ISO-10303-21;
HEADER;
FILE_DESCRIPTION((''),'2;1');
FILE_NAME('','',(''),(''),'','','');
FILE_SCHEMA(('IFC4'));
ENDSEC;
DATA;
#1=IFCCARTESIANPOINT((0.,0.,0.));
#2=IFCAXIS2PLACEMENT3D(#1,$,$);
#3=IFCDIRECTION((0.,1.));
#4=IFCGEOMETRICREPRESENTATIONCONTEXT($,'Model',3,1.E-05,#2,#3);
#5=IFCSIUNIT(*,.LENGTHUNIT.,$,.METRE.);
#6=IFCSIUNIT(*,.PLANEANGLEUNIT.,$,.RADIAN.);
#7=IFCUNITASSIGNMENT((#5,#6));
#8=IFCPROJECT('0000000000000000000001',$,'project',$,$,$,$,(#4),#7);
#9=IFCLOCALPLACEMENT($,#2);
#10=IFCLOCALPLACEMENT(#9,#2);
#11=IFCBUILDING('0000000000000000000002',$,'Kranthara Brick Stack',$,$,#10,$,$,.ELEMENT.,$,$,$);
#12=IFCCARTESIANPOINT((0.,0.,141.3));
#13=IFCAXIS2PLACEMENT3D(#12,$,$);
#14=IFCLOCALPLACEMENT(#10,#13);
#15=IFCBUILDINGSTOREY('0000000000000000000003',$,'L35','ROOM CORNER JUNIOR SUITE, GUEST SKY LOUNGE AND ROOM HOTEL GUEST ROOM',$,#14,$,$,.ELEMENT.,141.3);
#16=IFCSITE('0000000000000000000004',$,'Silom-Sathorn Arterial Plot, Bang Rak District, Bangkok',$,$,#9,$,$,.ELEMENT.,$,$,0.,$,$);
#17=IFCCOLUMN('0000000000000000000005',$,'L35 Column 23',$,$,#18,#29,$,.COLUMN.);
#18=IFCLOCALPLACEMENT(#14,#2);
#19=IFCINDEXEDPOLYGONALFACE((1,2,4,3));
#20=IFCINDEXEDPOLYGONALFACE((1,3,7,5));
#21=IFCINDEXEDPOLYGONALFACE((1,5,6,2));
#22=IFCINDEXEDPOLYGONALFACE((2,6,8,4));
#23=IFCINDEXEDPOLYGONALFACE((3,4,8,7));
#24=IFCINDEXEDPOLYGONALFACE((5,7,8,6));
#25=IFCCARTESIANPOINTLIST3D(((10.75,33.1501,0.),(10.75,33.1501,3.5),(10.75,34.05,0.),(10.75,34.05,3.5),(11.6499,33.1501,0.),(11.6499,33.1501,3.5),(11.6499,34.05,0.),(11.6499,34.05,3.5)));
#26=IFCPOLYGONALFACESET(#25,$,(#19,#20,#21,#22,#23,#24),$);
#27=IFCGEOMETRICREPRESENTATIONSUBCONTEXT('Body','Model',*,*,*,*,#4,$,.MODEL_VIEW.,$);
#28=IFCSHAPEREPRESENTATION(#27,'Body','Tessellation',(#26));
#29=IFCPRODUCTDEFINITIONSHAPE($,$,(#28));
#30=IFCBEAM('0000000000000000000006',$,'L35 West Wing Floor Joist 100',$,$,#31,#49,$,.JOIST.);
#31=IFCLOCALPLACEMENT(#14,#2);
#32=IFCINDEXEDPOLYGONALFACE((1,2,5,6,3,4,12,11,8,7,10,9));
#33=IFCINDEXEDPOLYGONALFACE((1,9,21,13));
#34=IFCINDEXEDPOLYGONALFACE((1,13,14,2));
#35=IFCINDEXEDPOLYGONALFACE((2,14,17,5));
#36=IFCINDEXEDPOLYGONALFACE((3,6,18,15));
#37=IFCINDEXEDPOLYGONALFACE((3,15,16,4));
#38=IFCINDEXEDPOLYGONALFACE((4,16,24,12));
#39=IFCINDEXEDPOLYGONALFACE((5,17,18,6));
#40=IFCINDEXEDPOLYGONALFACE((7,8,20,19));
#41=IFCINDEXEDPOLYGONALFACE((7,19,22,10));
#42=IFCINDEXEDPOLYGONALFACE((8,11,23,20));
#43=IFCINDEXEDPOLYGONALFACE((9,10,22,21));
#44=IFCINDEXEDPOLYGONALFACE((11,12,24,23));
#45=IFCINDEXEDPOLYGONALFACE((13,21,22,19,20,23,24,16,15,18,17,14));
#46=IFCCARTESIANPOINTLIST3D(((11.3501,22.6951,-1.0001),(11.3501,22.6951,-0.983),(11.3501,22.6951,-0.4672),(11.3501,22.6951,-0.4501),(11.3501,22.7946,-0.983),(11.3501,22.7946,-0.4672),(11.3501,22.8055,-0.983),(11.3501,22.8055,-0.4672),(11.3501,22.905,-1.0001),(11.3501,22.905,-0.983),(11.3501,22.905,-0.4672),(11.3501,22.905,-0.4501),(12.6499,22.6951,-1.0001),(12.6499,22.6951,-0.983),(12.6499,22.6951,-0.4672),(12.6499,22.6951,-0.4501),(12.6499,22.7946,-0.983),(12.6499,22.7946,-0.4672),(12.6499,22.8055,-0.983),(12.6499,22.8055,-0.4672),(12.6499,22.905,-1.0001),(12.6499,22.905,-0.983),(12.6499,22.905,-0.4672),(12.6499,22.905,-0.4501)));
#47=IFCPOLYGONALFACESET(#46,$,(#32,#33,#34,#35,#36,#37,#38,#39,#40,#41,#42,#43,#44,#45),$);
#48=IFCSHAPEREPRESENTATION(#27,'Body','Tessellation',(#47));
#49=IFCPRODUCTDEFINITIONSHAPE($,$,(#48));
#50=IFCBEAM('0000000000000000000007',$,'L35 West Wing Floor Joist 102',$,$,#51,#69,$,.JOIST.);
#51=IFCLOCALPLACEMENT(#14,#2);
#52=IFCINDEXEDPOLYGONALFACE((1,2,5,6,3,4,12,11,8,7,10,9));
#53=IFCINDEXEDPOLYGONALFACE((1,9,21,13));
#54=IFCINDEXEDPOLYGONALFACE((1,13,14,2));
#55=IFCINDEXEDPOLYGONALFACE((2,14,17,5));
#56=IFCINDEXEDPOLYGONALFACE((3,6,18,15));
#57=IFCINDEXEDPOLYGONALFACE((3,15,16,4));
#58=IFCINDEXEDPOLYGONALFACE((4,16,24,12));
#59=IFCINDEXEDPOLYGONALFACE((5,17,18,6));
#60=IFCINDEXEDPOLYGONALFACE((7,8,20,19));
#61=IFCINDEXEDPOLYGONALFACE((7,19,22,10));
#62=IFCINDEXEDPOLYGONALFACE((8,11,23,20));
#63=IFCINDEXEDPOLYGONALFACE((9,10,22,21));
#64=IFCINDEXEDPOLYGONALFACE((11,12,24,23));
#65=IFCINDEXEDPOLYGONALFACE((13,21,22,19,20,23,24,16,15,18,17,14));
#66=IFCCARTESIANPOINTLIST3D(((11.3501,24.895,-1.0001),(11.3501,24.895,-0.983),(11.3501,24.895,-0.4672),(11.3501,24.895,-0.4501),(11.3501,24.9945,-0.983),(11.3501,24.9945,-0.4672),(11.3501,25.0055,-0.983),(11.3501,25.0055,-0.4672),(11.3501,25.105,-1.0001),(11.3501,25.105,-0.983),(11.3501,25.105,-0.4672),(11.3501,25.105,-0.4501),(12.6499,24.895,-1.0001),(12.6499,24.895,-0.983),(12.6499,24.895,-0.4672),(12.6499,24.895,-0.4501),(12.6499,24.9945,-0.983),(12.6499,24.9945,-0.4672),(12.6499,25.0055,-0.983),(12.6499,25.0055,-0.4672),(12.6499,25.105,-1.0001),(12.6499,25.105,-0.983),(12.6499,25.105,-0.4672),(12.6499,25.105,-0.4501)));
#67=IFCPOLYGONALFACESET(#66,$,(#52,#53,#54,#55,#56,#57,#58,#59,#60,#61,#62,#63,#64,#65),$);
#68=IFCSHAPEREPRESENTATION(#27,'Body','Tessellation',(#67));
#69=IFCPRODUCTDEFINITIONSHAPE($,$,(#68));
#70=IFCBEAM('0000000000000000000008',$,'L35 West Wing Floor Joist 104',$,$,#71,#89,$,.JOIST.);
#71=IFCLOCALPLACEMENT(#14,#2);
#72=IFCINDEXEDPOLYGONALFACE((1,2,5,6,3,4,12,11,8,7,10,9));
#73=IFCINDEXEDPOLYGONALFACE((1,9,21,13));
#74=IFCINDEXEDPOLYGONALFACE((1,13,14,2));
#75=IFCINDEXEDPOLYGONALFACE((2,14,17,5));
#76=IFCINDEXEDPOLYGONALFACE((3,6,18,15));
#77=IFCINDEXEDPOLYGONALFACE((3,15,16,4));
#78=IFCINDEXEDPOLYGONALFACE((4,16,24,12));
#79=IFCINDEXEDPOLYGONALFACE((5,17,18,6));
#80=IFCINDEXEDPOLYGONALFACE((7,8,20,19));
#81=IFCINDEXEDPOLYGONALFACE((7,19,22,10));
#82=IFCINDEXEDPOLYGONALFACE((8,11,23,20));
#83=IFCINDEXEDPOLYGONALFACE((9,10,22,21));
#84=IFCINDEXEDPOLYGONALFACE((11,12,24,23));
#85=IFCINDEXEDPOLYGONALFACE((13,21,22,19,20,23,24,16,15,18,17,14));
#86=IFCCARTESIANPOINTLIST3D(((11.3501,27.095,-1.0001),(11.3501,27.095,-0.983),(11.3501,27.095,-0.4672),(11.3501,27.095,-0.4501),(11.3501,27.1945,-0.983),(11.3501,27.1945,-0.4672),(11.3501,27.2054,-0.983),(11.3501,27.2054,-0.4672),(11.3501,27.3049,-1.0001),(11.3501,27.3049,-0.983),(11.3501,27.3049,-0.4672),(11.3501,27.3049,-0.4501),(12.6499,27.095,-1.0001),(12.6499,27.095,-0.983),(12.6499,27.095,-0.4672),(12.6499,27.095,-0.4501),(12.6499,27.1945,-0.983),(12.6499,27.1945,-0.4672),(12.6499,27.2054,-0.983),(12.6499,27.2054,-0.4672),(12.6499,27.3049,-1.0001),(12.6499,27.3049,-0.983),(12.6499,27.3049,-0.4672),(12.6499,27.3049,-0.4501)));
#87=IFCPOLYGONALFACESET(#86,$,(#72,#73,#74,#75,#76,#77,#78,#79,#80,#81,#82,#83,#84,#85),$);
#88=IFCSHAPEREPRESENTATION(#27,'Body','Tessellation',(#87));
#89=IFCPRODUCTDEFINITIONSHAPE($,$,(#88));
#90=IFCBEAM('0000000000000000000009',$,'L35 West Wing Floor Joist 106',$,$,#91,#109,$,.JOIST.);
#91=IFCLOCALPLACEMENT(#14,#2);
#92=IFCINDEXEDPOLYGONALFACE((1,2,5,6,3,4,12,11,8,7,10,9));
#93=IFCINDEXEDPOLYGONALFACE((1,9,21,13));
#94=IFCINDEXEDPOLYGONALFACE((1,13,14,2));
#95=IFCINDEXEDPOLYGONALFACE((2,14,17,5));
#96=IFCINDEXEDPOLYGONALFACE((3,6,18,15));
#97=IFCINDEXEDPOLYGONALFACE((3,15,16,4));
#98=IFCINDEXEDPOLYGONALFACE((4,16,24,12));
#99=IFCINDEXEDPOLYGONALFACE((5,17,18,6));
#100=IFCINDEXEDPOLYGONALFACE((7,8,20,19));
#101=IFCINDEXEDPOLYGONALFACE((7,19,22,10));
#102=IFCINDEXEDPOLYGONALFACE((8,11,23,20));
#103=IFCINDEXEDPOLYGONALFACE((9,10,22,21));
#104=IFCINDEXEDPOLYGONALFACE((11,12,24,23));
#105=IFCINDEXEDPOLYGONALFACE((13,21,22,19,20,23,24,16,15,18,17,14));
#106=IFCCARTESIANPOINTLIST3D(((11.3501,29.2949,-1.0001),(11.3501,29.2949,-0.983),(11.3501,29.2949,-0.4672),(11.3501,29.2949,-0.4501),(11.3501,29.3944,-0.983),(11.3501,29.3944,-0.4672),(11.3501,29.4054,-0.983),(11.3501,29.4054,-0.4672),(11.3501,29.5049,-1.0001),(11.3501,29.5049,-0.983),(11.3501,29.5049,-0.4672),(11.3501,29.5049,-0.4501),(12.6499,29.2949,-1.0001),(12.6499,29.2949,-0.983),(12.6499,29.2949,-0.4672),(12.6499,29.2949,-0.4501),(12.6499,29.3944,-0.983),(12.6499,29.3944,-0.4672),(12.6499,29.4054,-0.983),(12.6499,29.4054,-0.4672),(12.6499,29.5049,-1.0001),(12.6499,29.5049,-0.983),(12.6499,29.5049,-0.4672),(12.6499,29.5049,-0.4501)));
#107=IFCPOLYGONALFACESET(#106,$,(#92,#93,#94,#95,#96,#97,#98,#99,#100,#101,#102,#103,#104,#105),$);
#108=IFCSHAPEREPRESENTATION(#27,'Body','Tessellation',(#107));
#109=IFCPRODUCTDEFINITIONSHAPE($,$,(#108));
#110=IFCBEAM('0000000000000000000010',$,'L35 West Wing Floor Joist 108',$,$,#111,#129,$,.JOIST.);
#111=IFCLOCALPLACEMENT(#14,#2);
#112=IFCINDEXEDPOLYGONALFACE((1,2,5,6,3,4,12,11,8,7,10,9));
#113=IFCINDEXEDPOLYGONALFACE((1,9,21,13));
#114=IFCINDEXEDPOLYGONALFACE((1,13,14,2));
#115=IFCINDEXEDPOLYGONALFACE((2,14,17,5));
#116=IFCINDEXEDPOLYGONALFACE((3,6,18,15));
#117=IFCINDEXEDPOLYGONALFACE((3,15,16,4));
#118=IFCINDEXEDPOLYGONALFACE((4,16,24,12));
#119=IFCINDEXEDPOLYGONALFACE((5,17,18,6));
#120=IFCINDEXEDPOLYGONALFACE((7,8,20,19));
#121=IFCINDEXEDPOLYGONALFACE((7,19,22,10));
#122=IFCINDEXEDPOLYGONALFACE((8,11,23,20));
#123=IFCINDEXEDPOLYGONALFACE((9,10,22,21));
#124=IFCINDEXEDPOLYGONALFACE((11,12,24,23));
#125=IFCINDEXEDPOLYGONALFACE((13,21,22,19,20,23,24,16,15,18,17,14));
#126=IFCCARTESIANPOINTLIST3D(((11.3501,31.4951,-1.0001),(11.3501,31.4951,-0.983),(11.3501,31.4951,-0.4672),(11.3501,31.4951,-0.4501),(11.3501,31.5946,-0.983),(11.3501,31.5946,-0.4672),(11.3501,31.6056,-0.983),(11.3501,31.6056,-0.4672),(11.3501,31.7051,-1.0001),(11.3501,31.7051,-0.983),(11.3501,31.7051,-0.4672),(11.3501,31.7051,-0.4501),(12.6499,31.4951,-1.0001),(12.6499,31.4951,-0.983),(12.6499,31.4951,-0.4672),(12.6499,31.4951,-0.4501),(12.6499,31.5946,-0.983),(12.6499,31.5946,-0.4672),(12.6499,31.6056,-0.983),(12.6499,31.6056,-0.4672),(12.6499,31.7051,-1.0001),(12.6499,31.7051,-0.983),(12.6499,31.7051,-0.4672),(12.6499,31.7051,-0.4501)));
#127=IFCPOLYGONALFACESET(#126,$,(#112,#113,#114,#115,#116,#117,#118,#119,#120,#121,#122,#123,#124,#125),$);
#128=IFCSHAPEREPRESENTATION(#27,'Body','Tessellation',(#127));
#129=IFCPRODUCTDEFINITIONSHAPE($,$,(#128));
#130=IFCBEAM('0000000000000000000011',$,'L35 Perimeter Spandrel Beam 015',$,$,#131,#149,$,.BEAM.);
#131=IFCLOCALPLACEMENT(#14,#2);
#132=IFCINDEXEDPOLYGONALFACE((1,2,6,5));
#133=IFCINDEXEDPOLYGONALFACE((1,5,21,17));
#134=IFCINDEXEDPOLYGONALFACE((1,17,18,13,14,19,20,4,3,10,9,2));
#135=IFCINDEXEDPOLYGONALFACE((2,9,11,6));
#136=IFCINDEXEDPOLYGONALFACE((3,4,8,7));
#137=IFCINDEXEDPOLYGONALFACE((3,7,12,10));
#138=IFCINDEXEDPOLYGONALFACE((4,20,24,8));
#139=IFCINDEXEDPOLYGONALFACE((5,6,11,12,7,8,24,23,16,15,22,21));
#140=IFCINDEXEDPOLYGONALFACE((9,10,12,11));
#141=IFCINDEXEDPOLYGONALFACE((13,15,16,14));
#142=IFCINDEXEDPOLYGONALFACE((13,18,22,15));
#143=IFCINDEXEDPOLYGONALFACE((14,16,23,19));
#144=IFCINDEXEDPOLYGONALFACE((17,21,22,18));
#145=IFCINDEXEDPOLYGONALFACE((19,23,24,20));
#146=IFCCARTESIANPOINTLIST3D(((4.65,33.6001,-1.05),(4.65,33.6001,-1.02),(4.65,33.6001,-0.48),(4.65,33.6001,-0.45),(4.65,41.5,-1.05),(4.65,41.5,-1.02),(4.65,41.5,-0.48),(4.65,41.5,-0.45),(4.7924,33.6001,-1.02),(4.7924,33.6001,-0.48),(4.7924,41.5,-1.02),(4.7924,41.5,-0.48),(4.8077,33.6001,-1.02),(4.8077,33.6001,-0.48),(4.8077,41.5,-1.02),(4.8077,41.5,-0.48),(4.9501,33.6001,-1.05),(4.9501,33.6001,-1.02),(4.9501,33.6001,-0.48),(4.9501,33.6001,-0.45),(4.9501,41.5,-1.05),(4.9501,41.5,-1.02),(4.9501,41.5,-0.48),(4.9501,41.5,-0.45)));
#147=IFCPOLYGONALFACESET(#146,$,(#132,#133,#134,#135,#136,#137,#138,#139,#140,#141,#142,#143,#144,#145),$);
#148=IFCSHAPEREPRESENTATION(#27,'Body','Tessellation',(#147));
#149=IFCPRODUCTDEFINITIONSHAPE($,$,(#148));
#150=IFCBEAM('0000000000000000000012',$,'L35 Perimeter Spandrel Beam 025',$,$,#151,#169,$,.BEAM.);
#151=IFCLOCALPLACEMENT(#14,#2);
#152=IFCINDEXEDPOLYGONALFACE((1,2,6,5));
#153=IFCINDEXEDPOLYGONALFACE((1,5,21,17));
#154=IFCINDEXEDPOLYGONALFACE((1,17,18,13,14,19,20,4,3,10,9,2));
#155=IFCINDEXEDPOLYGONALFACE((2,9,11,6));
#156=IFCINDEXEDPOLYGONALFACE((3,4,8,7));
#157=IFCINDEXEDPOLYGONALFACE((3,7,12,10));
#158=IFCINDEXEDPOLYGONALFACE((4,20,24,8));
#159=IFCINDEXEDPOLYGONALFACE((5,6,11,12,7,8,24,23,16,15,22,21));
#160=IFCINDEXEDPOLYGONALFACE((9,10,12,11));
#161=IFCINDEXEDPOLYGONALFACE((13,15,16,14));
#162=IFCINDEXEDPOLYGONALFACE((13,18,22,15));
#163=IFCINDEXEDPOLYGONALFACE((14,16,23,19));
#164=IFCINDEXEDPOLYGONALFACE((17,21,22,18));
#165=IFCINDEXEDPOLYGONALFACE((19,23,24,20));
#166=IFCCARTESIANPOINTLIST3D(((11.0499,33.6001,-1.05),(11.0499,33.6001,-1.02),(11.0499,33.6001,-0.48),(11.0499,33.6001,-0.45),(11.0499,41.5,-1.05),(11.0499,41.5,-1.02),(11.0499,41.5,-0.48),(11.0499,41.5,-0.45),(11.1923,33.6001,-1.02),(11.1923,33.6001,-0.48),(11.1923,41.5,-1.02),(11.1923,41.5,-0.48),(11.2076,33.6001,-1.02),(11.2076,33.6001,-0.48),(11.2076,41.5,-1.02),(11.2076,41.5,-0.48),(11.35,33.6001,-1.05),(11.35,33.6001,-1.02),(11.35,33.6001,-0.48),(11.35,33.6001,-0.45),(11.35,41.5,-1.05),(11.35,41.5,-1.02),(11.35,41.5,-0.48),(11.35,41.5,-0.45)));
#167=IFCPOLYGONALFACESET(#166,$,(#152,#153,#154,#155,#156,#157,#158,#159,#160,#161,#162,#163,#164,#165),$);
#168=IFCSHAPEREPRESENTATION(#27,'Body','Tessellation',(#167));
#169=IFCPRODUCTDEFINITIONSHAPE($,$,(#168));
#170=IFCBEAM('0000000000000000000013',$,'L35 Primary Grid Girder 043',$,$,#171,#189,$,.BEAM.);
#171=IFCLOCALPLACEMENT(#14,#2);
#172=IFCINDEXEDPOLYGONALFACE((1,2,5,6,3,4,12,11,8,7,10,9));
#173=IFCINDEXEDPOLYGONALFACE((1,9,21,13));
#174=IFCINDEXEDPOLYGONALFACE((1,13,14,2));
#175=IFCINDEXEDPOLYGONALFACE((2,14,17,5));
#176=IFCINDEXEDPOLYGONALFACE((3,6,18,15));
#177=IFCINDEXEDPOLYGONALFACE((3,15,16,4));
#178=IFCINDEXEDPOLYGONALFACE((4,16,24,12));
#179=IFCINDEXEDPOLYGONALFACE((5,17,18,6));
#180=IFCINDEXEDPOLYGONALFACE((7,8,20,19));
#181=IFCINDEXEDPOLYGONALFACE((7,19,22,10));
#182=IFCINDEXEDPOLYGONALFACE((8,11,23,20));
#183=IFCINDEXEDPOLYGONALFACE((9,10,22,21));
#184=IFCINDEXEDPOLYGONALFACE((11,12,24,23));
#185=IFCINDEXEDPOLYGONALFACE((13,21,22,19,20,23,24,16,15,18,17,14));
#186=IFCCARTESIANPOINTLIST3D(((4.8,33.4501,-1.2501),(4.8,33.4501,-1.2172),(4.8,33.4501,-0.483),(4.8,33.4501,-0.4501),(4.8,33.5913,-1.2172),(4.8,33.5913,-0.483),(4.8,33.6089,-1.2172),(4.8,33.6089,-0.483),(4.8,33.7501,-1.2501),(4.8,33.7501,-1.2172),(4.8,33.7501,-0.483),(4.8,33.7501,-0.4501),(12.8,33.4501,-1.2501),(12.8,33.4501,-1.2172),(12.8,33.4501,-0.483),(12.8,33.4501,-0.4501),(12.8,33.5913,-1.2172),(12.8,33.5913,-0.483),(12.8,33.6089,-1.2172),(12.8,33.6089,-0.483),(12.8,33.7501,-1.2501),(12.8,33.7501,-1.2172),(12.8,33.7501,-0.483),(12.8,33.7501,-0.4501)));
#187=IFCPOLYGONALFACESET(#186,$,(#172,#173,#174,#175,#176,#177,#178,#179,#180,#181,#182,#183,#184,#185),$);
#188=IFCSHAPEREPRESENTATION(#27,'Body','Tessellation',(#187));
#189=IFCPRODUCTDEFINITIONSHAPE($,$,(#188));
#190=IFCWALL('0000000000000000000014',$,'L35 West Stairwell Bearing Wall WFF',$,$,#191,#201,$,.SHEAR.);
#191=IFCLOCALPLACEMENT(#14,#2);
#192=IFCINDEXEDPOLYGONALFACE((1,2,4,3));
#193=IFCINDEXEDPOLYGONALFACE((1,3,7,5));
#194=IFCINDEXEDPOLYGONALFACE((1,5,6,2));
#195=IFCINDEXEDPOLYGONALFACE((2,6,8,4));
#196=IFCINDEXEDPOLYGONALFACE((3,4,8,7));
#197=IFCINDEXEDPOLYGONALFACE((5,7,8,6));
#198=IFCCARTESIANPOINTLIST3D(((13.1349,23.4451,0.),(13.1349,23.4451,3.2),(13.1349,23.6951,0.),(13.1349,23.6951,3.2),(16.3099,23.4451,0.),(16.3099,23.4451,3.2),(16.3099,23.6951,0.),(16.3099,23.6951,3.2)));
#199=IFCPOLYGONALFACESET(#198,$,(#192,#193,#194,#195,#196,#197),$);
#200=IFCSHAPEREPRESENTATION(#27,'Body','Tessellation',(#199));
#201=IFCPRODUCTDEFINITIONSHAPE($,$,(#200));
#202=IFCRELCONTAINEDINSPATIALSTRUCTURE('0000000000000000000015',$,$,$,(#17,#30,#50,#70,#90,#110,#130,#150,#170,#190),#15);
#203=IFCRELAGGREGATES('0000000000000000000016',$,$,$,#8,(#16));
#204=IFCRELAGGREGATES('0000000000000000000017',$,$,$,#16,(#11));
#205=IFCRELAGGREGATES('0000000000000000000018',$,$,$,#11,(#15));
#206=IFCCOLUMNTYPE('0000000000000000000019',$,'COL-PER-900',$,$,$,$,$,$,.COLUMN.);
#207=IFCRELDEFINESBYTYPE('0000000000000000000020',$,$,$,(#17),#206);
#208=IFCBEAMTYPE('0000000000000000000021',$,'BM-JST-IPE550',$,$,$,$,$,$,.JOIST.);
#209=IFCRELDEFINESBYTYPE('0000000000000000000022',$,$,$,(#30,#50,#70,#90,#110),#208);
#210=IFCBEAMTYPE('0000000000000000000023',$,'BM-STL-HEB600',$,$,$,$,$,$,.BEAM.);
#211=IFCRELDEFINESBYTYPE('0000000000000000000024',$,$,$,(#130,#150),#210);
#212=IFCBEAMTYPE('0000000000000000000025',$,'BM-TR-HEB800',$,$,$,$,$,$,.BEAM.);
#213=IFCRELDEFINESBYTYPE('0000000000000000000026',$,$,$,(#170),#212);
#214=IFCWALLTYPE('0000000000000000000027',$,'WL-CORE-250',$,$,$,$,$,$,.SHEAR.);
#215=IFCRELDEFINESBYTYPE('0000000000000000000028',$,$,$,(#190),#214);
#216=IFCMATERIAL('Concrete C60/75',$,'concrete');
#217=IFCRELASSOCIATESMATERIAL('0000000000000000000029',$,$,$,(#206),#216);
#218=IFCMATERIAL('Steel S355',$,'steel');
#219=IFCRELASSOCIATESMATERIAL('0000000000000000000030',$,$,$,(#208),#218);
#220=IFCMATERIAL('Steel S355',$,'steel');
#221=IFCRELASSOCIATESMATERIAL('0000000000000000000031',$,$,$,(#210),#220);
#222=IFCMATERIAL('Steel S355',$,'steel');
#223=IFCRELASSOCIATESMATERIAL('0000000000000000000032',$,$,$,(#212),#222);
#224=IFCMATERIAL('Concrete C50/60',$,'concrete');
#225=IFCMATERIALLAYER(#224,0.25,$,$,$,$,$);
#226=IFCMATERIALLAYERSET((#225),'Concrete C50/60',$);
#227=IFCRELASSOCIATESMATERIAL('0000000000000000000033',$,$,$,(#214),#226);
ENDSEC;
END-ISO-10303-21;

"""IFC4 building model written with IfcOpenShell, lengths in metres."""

from ifc_helpers import new_model, si_unit, direction, frame, frame_2d, origin, origin_2d, place, context, subcontext, project, spatial, rectangle, i_section, extrude, material, layer, layer_set, material_profile, profile_set, type_object, element, save


model = new_model("IFC4")

# Units and contexts
model_context = context("Model", 3, precision=1e-05, world=origin(), true_north=direction((0.0, 1.0)))
body_context = subcontext(model_context, "Body", "Model", "MODEL_VIEW")
ifc_project = project(units=[si_unit("LENGTHUNIT", "METRE"), si_unit("PLANEANGLEUNIT", "RADIAN")], contexts=[model_context])

# Site, building, storey
site_placement = place(None, origin())
site = spatial("IfcSite", under=ifc_project, at=site_placement, Name="Silom-Sathorn Arterial Plot, Bang Rak District, Bangkok", CompositionType="ELEMENT", RefElevation=0.0)
building_placement = place(site_placement, origin())
building = spatial("IfcBuilding", under=site, at=building_placement, Name="Kranthara Brick Stack", CompositionType="ELEMENT")
storey_placement = place(building_placement, frame((0.0, 0.0, 141.3)))
storey = spatial("IfcBuildingStorey", under=building, at=storey_placement, Name="L35", Description="ROOM CORNER JUNIOR SUITE, GUEST SKY LOUNGE AND ROOM HOTEL GUEST ROOM", CompositionType="ELEMENT", Elevation=141.3)

# Column
ifc_material_1 = material(Name="Concrete C60/75", Category="concrete")
ifc_material_profile_1 = material_profile(ifc_material_1, rectangle(XDim=0.8999, YDim=0.8999, at=origin_2d()), Name="RC 900x900")
ifc_profile_set_1 = profile_set([ifc_material_profile_1], Name="Concrete C60/75")
column_type = type_object("IfcColumnType", Name="COL-PER-900", PredefinedType="COLUMN", material=ifc_profile_set_1)
column_placement = place(storey_placement, frame((11.2, 33.6001, 0.0), z_axis=(0.0, 0.0, 1.0), x_axis=(1.0, 0.0, 0.0)))
element("IfcColumn", 1, at=column_placement, inside=storey, type_object=column_type, Name="L35 Column 23", PredefinedType="COLUMN", context=body_context, shape_type="SweptSolid", body=[
    extrude(rectangle(XDim=0.8999, YDim=0.8999, at=origin_2d()), origin(), (0.0, 0.0, 1.0), 3.5),
])

# Beams
ifc_material_2 = material(Name="Steel S355", Category="steel")
ifc_material_profile_2 = material_profile(ifc_material_2, i_section(OverallWidth=0.21, OverallDepth=0.55, WebThickness=0.011, FlangeThickness=0.0171, at=origin_2d()), Name="IPE 550")
ifc_profile_set_2 = profile_set([ifc_material_profile_2], Name="Steel S355")
beam_type_1 = type_object("IfcBeamType", Name="BM-JST-IPE550", PredefinedType="JOIST", material=ifc_profile_set_2)
for number, where, z_axis, x_axis, name in (
    (2, (11.3501, 22.8, -0.7251), (1.0, 0.0, 0.0), (0.0, 1.0, 0.0), "L35 West Wing Floor Joist 100"),
    (3, (11.3501, 25.0, -0.7251), (1.0, 0.0, 0.0), (0.0, 1.0, 0.0), "L35 West Wing Floor Joist 102"),
    (4, (11.3501, 27.2, -0.7251), (1.0, 0.0, 0.0), (0.0, 1.0, 0.0), "L35 West Wing Floor Joist 104"),
    (5, (11.3501, 29.3999, -0.7251), (1.0, 0.0, 0.0), (0.0, 1.0, 0.0), "L35 West Wing Floor Joist 106"),
    (6, (11.3501, 31.6001, -0.7251), (1.0, 0.0, 0.0), (0.0, 1.0, 0.0), "L35 West Wing Floor Joist 108"),
):
    element("IfcBeam", number, at=place(storey_placement, frame(where, z_axis=z_axis, x_axis=x_axis)), inside=storey, type_object=beam_type_1, Name=name, PredefinedType="JOIST", context=body_context, shape_type="SweptSolid", body=[
        extrude(i_section(OverallWidth=0.21, OverallDepth=0.55, WebThickness=0.011, FlangeThickness=0.0171, at=origin_2d()), origin(), (0.0, 0.0, 1.0), 1.2998),
    ])
ifc_material_3 = material(Name="Steel S355", Category="steel")
ifc_material_profile_3 = material_profile(ifc_material_3, i_section(OverallWidth=0.3, OverallDepth=0.6001, WebThickness=0.0154, FlangeThickness=0.03, at=origin_2d()), Name="HEB 600")
ifc_profile_set_3 = profile_set([ifc_material_profile_3], Name="Steel S355")
beam_type_2 = type_object("IfcBeamType", Name="BM-STL-HEB600", PredefinedType="BEAM", material=ifc_profile_set_3)
for number, where, z_axis, x_axis, name in (
    (7, (4.8, 33.6001, -0.75), (0.0, 1.0, 0.0), (-1.0, 0.0, 0.0), "L35 Perimeter Spandrel Beam 015"),
    (8, (11.2, 33.6001, -0.75), (0.0, 1.0, 0.0), (-1.0, 0.0, 0.0), "L35 Perimeter Spandrel Beam 025"),
):
    element("IfcBeam", number, at=place(storey_placement, frame(where, z_axis=z_axis, x_axis=x_axis)), inside=storey, type_object=beam_type_2, Name=name, PredefinedType="BEAM", context=body_context, shape_type="SweptSolid", body=[
        extrude(i_section(OverallWidth=0.3, OverallDepth=0.6001, WebThickness=0.0154, FlangeThickness=0.03, at=origin_2d()), origin(), (0.0, 0.0, 1.0), 7.8999),
    ])
ifc_material_4 = material(Name="Steel S355", Category="steel")
ifc_material_profile_4 = material_profile(ifc_material_4, i_section(OverallWidth=0.3, OverallDepth=0.8, WebThickness=0.0176, FlangeThickness=0.033, at=origin_2d()), Name="HEB 800")
ifc_profile_set_4 = profile_set([ifc_material_profile_4], Name="Steel S355")
beam_type_3 = type_object("IfcBeamType", Name="BM-TR-HEB800", PredefinedType="BEAM", material=ifc_profile_set_4)
beam_placement = place(storey_placement, frame((4.8, 33.6001, -0.8501), z_axis=(1.0, 0.0, 0.0), x_axis=(0.0, 1.0, 0.0)))
element("IfcBeam", 9, at=beam_placement, inside=storey, type_object=beam_type_3, Name="L35 Primary Grid Girder 043", PredefinedType="BEAM", context=body_context, shape_type="SweptSolid", body=[
    extrude(i_section(OverallWidth=0.3, OverallDepth=0.8, WebThickness=0.0176, FlangeThickness=0.033, at=origin_2d()), origin(), (0.0, 0.0, 1.0), 8.0),
])

# Wall
ifc_material_5 = material(Name="Concrete C50/60", Category="concrete")
ifc_layer_1 = layer(ifc_material_5, 0.25)
ifc_layer_set_1 = layer_set([ifc_layer_1], Name="Concrete C50/60")
wall_type_1 = type_object("IfcWallType", Name="WL-CORE-250", PredefinedType="SHEAR", material=ifc_layer_set_1)
for number, where, z_axis, x_axis, name in (
    (10, (13.135, 23.5701, 0.0), (0.0, 0.0, 1.0), (1.0, 0.0, 0.0), "L35 West Stairwell Bearing Wall WFF"),
):
    element("IfcWall", number, at=place(storey_placement, frame(where, z_axis=z_axis, x_axis=x_axis)), inside=storey, type_object=wall_type_1, Name=name, PredefinedType="SHEAR", context=body_context, shape_type="SweptSolid", body=[
        extrude(rectangle(XDim=3.175, YDim=0.25, at=frame_2d((1.5874, 0.0))), origin(), (0.0, 0.0, 1.0), 3.2),
    ])

save(model, "model.ifc")
